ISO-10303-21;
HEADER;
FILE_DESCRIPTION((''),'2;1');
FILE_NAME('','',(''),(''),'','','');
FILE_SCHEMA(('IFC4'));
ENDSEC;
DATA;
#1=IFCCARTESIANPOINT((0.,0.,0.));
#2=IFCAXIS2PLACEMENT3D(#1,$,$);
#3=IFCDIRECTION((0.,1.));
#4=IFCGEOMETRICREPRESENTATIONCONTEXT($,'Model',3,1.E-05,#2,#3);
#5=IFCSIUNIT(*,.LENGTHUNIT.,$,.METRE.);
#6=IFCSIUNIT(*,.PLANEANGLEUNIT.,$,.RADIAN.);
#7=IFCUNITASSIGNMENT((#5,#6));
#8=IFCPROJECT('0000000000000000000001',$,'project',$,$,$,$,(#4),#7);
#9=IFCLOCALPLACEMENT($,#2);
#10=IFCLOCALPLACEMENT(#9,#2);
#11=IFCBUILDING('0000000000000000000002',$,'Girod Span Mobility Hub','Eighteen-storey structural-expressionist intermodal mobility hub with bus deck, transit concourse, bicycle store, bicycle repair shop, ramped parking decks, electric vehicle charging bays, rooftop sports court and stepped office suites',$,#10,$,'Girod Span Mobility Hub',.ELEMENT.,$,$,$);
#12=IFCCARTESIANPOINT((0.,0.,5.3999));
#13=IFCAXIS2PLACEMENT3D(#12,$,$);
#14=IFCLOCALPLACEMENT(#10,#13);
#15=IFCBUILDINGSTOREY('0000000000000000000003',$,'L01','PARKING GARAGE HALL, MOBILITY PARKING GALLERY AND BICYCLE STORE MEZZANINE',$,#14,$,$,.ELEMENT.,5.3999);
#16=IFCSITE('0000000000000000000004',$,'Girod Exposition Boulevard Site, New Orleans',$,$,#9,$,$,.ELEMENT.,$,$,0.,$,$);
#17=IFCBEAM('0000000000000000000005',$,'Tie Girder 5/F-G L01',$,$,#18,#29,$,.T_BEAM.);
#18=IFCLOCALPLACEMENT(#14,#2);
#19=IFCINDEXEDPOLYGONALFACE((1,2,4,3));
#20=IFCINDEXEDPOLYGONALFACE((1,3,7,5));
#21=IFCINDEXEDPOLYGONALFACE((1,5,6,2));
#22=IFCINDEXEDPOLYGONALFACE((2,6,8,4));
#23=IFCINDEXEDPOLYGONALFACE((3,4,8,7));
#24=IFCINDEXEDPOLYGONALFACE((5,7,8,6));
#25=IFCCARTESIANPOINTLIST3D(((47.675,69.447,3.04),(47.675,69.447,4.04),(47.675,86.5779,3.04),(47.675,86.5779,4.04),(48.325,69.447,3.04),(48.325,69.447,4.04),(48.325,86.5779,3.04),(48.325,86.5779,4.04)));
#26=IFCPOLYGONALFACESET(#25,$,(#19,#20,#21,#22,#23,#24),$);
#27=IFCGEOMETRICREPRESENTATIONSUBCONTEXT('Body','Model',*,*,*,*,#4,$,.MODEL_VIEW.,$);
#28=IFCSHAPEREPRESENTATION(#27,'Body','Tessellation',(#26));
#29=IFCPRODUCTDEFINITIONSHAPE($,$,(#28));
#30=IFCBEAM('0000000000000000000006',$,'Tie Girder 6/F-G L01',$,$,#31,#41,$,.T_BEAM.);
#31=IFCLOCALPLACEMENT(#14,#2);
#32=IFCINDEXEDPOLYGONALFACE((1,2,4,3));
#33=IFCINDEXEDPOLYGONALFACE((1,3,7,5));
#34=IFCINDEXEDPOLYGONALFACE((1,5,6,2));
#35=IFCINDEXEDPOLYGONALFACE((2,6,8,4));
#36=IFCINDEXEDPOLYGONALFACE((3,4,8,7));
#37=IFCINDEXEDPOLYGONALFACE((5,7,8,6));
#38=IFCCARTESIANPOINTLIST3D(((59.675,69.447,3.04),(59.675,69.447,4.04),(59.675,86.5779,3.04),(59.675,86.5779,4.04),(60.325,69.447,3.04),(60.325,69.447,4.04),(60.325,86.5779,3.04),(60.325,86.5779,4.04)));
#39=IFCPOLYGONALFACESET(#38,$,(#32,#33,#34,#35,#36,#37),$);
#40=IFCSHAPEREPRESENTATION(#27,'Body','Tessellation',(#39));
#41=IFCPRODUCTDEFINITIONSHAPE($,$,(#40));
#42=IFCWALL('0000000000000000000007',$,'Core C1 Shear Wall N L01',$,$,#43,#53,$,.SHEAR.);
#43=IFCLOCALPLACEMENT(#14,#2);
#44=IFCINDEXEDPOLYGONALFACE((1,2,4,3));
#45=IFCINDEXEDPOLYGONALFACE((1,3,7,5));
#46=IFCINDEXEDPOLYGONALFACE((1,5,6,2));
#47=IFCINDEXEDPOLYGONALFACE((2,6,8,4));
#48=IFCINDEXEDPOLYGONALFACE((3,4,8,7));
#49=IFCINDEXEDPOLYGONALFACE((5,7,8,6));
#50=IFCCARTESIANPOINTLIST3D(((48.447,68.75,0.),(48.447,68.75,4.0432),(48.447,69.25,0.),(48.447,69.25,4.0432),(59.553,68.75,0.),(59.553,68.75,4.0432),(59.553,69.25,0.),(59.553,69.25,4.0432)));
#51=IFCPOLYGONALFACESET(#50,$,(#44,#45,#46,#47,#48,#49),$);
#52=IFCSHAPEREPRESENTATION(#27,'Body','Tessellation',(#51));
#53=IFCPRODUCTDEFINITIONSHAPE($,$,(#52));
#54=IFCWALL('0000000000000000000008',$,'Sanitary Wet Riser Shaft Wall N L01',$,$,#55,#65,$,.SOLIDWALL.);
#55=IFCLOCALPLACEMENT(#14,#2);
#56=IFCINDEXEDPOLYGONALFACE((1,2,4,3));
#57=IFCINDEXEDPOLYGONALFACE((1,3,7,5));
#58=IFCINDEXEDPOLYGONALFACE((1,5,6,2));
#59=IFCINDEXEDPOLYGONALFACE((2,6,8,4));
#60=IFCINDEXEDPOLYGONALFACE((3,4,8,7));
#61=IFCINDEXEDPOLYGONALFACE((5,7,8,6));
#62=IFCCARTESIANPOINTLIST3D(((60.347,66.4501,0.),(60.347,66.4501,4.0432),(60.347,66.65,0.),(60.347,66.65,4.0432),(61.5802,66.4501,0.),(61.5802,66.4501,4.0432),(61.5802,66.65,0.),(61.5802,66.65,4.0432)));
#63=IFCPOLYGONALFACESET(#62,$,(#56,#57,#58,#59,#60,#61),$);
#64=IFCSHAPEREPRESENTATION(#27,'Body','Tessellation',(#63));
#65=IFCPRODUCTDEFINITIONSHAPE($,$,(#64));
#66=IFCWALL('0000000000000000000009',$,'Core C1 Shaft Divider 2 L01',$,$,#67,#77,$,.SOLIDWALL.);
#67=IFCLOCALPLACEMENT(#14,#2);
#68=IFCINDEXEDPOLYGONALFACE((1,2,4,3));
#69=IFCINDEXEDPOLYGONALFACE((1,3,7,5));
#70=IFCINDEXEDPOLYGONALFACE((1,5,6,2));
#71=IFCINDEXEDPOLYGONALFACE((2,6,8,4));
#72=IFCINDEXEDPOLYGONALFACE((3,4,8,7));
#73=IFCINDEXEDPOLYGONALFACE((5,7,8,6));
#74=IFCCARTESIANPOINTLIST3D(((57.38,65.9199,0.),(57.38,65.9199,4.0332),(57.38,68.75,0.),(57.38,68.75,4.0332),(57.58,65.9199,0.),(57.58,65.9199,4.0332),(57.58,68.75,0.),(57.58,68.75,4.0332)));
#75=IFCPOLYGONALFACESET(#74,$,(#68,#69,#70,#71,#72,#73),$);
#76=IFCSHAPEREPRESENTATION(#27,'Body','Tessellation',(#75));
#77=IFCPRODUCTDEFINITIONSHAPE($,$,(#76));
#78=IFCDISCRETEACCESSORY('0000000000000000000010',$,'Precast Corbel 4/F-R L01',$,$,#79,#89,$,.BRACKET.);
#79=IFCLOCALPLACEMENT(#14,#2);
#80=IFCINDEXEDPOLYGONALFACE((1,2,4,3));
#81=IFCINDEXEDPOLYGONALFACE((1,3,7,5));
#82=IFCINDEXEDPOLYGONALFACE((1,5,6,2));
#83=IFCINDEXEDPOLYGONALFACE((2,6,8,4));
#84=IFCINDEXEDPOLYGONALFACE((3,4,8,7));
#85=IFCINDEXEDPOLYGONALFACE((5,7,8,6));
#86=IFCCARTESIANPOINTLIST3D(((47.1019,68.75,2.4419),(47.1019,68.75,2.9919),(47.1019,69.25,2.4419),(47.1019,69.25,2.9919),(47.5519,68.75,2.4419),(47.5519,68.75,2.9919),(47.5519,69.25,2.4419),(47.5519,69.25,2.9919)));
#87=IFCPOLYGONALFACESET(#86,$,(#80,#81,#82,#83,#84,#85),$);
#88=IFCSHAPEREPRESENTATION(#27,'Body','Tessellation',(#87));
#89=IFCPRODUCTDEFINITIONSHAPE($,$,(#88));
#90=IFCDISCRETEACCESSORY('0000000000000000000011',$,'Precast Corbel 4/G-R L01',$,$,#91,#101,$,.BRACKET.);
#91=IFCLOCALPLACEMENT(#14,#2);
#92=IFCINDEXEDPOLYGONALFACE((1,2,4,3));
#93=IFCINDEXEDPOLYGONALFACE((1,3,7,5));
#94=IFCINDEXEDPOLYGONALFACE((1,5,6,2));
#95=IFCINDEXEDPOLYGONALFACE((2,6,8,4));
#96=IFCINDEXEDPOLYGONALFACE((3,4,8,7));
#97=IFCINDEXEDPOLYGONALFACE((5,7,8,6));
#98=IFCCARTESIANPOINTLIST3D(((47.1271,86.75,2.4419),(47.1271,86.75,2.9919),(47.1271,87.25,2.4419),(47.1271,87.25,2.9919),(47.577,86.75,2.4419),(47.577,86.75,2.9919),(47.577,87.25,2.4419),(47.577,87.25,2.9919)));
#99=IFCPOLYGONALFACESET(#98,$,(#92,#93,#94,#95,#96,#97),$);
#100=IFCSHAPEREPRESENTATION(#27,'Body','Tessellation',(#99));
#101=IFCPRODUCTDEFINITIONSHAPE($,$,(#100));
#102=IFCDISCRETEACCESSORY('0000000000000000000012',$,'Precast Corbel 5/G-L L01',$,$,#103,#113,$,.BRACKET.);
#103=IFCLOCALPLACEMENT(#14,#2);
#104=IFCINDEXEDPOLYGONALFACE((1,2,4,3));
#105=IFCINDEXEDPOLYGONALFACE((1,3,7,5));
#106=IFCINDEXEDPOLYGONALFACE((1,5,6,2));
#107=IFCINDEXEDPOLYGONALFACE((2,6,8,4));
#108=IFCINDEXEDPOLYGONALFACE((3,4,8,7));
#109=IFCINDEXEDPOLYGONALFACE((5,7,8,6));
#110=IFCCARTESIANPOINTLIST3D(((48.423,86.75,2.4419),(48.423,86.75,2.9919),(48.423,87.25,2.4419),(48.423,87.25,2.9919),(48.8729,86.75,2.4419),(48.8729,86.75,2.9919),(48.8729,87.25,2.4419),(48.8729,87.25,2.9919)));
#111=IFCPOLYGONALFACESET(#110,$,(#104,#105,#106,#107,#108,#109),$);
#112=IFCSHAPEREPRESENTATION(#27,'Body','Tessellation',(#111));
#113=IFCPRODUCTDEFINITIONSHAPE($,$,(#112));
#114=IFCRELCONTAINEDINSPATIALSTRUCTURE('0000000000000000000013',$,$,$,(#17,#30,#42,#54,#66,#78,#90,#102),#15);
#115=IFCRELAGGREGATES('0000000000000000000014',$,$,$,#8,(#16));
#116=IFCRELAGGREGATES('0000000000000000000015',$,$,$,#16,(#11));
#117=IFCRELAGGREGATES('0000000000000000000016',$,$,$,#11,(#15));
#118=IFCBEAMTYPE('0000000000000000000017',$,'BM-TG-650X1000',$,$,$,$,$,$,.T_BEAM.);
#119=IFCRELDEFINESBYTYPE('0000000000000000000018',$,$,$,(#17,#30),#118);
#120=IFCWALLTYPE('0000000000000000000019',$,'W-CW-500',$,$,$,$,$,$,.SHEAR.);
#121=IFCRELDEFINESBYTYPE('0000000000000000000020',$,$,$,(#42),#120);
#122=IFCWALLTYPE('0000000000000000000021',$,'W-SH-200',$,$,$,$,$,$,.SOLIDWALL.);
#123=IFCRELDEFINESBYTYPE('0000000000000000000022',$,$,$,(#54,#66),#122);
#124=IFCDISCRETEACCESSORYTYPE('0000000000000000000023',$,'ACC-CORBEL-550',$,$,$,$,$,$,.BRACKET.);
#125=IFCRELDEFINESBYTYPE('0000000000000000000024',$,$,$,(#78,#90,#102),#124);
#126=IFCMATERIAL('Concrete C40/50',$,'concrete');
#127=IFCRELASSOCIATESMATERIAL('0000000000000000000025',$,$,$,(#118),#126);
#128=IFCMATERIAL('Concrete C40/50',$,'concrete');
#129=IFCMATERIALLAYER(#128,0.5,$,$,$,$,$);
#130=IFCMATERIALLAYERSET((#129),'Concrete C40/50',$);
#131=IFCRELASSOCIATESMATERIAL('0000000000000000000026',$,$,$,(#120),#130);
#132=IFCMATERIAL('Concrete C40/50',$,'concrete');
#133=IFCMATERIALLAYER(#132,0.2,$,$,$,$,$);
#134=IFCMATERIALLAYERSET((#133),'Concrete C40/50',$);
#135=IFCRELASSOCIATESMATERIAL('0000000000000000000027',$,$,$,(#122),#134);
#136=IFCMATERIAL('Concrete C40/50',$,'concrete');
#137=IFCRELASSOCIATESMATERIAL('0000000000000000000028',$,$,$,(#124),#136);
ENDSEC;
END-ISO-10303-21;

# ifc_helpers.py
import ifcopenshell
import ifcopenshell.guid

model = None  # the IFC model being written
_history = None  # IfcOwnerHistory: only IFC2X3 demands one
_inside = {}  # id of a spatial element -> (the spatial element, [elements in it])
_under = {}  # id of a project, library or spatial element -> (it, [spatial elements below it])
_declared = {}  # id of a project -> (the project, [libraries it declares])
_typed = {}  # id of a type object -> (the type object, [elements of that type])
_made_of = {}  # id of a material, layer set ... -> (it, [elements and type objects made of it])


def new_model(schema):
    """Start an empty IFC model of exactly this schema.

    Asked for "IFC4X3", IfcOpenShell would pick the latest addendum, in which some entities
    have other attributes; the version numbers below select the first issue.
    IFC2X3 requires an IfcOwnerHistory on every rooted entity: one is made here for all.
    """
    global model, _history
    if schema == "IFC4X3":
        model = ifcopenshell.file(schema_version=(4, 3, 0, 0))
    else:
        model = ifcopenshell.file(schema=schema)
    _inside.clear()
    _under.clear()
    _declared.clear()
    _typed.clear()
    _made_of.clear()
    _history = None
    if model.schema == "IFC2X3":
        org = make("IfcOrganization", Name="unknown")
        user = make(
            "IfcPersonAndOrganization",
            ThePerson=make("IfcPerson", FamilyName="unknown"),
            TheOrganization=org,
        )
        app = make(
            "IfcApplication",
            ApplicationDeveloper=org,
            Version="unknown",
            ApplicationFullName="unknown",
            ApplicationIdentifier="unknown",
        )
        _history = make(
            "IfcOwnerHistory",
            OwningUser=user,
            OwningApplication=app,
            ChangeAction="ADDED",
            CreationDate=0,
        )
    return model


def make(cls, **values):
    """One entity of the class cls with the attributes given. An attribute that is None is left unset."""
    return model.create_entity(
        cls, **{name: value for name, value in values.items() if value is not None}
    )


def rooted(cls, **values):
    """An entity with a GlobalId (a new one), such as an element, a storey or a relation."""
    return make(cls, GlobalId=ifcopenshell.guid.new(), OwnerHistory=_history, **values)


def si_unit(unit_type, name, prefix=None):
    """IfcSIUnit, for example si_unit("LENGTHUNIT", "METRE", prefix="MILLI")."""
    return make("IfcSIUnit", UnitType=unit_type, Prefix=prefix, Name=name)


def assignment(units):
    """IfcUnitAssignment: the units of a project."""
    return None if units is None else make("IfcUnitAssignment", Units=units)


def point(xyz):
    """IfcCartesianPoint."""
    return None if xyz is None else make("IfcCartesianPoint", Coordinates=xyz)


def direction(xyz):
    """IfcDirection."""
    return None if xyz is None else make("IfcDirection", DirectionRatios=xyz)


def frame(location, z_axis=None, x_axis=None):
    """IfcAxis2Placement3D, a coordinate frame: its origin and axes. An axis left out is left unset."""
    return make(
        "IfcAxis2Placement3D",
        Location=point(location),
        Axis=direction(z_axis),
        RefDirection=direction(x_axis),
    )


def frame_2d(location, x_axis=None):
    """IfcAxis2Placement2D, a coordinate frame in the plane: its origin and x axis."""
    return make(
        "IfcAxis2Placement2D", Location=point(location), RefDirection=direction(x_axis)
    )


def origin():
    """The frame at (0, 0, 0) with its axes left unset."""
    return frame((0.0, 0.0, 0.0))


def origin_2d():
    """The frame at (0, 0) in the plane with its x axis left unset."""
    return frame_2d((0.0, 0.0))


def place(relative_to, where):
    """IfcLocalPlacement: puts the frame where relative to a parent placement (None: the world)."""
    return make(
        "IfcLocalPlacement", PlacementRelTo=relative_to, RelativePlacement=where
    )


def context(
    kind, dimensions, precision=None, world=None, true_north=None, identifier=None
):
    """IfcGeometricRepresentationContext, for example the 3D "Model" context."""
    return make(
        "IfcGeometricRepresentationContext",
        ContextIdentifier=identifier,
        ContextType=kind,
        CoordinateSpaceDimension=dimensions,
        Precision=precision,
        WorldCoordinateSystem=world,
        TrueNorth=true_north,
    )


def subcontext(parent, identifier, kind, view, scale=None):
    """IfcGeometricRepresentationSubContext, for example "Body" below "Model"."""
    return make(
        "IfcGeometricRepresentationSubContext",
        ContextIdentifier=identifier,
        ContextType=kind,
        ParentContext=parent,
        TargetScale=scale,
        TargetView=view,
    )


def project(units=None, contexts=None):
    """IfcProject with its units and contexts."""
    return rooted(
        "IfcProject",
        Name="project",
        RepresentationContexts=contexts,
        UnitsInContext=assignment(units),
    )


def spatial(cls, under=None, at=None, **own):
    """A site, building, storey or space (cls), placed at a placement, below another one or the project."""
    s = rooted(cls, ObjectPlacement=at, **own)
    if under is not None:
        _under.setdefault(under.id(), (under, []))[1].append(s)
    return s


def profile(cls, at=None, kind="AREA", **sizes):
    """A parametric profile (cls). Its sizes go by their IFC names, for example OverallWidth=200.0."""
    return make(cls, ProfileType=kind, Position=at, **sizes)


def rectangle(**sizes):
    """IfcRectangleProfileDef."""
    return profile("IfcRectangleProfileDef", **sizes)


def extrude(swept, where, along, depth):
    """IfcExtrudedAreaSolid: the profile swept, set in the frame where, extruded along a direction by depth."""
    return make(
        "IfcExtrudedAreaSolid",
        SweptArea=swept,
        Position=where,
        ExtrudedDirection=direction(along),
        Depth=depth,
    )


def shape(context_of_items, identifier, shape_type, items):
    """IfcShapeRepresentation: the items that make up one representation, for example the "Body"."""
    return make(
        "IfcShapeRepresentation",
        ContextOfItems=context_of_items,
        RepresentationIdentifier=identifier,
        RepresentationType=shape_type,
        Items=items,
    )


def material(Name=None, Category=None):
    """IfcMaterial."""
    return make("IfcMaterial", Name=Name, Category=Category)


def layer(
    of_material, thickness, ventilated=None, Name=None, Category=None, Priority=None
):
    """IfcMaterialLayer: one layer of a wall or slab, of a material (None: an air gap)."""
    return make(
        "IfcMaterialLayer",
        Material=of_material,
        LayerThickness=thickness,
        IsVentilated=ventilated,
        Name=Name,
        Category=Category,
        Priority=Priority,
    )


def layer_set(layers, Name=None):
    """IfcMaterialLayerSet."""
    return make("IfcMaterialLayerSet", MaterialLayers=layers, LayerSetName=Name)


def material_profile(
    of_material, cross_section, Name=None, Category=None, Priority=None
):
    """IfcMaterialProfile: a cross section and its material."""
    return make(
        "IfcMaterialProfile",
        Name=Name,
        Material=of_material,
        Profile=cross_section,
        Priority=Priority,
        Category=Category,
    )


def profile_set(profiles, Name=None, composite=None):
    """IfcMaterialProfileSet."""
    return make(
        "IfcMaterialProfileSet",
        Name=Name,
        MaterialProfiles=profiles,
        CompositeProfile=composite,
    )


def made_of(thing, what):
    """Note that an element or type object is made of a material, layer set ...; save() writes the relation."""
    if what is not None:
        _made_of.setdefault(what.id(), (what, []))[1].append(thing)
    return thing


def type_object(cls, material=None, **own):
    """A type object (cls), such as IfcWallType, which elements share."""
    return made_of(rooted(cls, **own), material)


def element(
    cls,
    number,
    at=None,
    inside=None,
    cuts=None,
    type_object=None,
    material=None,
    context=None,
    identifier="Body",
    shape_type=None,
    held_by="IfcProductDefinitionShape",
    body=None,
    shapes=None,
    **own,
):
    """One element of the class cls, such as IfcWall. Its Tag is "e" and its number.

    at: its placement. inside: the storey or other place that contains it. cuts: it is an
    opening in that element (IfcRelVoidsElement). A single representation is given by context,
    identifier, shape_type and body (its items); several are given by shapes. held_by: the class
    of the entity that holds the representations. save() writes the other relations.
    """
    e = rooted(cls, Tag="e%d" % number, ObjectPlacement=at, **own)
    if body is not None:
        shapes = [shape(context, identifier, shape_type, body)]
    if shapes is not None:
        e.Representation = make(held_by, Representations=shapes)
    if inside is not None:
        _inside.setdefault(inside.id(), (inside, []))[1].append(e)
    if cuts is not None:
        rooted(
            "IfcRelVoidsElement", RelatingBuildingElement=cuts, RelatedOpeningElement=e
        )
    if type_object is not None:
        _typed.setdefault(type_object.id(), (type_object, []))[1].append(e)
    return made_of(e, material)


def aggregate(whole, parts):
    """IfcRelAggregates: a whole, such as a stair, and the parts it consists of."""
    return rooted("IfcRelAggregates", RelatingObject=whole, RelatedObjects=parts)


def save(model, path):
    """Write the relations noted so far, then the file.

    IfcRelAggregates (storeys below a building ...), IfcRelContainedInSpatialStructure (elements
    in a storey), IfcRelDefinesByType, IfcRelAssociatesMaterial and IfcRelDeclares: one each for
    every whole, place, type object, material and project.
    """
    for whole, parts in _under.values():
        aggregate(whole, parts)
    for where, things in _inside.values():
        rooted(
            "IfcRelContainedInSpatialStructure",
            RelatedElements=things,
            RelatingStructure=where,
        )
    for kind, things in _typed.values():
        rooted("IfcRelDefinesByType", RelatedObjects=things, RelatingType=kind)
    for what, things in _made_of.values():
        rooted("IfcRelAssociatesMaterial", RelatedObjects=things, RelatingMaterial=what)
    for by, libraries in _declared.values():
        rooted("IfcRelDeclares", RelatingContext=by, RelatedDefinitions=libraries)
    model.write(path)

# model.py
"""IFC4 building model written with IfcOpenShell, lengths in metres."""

from ifc_helpers import new_model, si_unit, direction, frame, frame_2d, origin, origin_2d, place, context, subcontext, project, spatial, rectangle, extrude, material, layer, layer_set, material_profile, profile_set, type_object, element, save


model = new_model("IFC4")

# Units and contexts
model_context = context("Model", 3, precision=1e-05, world=origin(), true_north=direction((0.0, 1.0)))
body_context = subcontext(model_context, "Body", "Model", "MODEL_VIEW")
ifc_project = project(units=[si_unit("LENGTHUNIT", "METRE"), si_unit("PLANEANGLEUNIT", "RADIAN")], contexts=[model_context])

# Site, building, storey
site_placement = place(None, origin())
site = spatial("IfcSite", under=ifc_project, at=site_placement, Name="Girod Exposition Boulevard Site, New Orleans", CompositionType="ELEMENT", RefElevation=0.0)
building_placement = place(site_placement, origin())
building = spatial("IfcBuilding", under=site, at=building_placement, Name="Girod Span Mobility Hub", Description="Eighteen-storey structural-expressionist intermodal mobility hub with bus deck, transit concourse, bicycle store, bicycle repair shop, ramped parking decks, electric vehicle charging bays, rooftop sports court and stepped office suites", LongName="Girod Span Mobility Hub", CompositionType="ELEMENT")
storey_placement = place(building_placement, frame((0.0, 0.0, 5.3999)))
storey = spatial("IfcBuildingStorey", under=building, at=storey_placement, Name="L01", Description="PARKING GARAGE HALL, MOBILITY PARKING GALLERY AND BICYCLE STORE MEZZANINE", CompositionType="ELEMENT", Elevation=5.3999)

# Beams
ifc_material_1 = material(Name="Concrete C40/50", Category="concrete")
ifc_material_profile_1 = material_profile(ifc_material_1, rectangle(XDim=0.6499, YDim=1.0, at=origin_2d()), Name="TG-650X1000")
ifc_profile_set_1 = profile_set([ifc_material_profile_1], Name="Concrete C40/50")
beam_type_1 = type_object("IfcBeamType", Name="BM-TG-650X1000", PredefinedType="T_BEAM", material=ifc_profile_set_1)
for number, where, z_axis, x_axis, name in (
    (1, (48.0, 69.447, 3.54), (0.0, 1.0, 0.0), (-1.0, 0.0, 0.0), "Tie Girder 5/F-G L01"),
    (2, (60.0, 69.447, 3.54), (0.0, 1.0, 0.0), (-1.0, 0.0, 0.0), "Tie Girder 6/F-G L01"),
):
    element("IfcBeam", number, at=place(storey_placement, frame(where, z_axis=z_axis, x_axis=x_axis)), inside=storey, type_object=beam_type_1, Name=name, PredefinedType="T_BEAM", context=body_context, shape_type="SweptSolid", body=[
        extrude(rectangle(XDim=0.6499, YDim=1.0, at=origin_2d()), origin(), (0.0, 0.0, 1.0), 17.1309),
    ])

# Walls
ifc_material_2 = material(Name="Concrete C40/50", Category="concrete")
ifc_layer_1 = layer(ifc_material_2, 0.5)
ifc_layer_set_1 = layer_set([ifc_layer_1], Name="Concrete C40/50")
wall_type_1 = type_object("IfcWallType", Name="W-CW-500", PredefinedType="SHEAR", material=ifc_layer_set_1)
wall_1_placement = place(storey_placement, frame((48.447, 69.0, 0.0), z_axis=(0.0, 0.0, 1.0), x_axis=(1.0, 0.0, 0.0)))
element("IfcWall", 3, at=wall_1_placement, inside=storey, type_object=wall_type_1, Name="Core C1 Shear Wall N L01", PredefinedType="SHEAR", context=body_context, shape_type="SweptSolid", body=[
    extrude(rectangle(XDim=11.106, YDim=0.5, at=frame_2d((5.553, 0.0))), origin(), (0.0, 0.0, 1.0), 4.0432),
])
ifc_material_3 = material(Name="Concrete C40/50", Category="concrete")
ifc_layer_2 = layer(ifc_material_3, 0.2)
ifc_layer_set_2 = layer_set([ifc_layer_2], Name="Concrete C40/50")
wall_type_2 = type_object("IfcWallType", Name="W-SH-200", PredefinedType="SOLIDWALL", material=ifc_layer_set_2)
wall_2_placement = place(storey_placement, frame((60.3469, 66.55, 0.0), z_axis=(0.0, 0.0, 1.0), x_axis=(1.0, 0.0, 0.0)))
element("IfcWall", 4, at=wall_2_placement, inside=storey, type_object=wall_type_2, Name="Sanitary Wet Riser Shaft Wall N L01", PredefinedType="SOLIDWALL", context=body_context, shape_type="SweptSolid", body=[
    extrude(rectangle(XDim=1.2332, YDim=0.2, at=frame_2d((0.6167, 0.0))), origin(), (0.0, 0.0, 1.0), 4.0432),
])
wall_3_placement = place(storey_placement, frame((57.48, 65.9199, 0.0), z_axis=(0.0, 0.0, 1.0), x_axis=(0.0, 1.0, 0.0)))
element("IfcWall", 5, at=wall_3_placement, inside=storey, type_object=wall_type_2, Name="Core C1 Shaft Divider 2 L01", PredefinedType="SOLIDWALL", context=body_context, shape_type="SweptSolid", body=[
    extrude(rectangle(XDim=2.8301, YDim=0.2, at=frame_2d((1.415, 0.0))), origin(), (0.0, 0.0, 1.0), 4.0332),
])

# Discrete accessories
ifc_material_4 = material(Name="Concrete C40/50", Category="concrete")
discrete_accessory_type = type_object("IfcDiscreteAccessoryType", Name="ACC-CORBEL-550", PredefinedType="BRACKET", material=ifc_material_4)
for number, where, z_axis, x_axis, name in (
    (6, (47.3269, 69.0, 2.4419), (0.0, 0.0, 1.0), (1.0, 0.0, 0.0), "Precast Corbel 4/F-R L01"),
    (7, (47.3521, 87.0, 2.4419), (0.0, 0.0, 1.0), (1.0, 0.0, 0.0), "Precast Corbel 4/G-R L01"),
    (8, (48.6479, 87.0, 2.4419), (0.0, 0.0, 1.0), (1.0, 0.0, 0.0), "Precast Corbel 5/G-L L01"),
):
    element("IfcDiscreteAccessory", number, at=place(storey_placement, frame(where, z_axis=z_axis, x_axis=x_axis)), inside=storey, type_object=discrete_accessory_type, Name=name, PredefinedType="BRACKET", context=body_context, shape_type="SweptSolid", body=[
        extrude(rectangle(XDim=0.45, YDim=0.5, at=origin_2d()), origin(), (0.0, 0.0, 1.0), 0.55),
    ])

save(model, "model.ifc")
